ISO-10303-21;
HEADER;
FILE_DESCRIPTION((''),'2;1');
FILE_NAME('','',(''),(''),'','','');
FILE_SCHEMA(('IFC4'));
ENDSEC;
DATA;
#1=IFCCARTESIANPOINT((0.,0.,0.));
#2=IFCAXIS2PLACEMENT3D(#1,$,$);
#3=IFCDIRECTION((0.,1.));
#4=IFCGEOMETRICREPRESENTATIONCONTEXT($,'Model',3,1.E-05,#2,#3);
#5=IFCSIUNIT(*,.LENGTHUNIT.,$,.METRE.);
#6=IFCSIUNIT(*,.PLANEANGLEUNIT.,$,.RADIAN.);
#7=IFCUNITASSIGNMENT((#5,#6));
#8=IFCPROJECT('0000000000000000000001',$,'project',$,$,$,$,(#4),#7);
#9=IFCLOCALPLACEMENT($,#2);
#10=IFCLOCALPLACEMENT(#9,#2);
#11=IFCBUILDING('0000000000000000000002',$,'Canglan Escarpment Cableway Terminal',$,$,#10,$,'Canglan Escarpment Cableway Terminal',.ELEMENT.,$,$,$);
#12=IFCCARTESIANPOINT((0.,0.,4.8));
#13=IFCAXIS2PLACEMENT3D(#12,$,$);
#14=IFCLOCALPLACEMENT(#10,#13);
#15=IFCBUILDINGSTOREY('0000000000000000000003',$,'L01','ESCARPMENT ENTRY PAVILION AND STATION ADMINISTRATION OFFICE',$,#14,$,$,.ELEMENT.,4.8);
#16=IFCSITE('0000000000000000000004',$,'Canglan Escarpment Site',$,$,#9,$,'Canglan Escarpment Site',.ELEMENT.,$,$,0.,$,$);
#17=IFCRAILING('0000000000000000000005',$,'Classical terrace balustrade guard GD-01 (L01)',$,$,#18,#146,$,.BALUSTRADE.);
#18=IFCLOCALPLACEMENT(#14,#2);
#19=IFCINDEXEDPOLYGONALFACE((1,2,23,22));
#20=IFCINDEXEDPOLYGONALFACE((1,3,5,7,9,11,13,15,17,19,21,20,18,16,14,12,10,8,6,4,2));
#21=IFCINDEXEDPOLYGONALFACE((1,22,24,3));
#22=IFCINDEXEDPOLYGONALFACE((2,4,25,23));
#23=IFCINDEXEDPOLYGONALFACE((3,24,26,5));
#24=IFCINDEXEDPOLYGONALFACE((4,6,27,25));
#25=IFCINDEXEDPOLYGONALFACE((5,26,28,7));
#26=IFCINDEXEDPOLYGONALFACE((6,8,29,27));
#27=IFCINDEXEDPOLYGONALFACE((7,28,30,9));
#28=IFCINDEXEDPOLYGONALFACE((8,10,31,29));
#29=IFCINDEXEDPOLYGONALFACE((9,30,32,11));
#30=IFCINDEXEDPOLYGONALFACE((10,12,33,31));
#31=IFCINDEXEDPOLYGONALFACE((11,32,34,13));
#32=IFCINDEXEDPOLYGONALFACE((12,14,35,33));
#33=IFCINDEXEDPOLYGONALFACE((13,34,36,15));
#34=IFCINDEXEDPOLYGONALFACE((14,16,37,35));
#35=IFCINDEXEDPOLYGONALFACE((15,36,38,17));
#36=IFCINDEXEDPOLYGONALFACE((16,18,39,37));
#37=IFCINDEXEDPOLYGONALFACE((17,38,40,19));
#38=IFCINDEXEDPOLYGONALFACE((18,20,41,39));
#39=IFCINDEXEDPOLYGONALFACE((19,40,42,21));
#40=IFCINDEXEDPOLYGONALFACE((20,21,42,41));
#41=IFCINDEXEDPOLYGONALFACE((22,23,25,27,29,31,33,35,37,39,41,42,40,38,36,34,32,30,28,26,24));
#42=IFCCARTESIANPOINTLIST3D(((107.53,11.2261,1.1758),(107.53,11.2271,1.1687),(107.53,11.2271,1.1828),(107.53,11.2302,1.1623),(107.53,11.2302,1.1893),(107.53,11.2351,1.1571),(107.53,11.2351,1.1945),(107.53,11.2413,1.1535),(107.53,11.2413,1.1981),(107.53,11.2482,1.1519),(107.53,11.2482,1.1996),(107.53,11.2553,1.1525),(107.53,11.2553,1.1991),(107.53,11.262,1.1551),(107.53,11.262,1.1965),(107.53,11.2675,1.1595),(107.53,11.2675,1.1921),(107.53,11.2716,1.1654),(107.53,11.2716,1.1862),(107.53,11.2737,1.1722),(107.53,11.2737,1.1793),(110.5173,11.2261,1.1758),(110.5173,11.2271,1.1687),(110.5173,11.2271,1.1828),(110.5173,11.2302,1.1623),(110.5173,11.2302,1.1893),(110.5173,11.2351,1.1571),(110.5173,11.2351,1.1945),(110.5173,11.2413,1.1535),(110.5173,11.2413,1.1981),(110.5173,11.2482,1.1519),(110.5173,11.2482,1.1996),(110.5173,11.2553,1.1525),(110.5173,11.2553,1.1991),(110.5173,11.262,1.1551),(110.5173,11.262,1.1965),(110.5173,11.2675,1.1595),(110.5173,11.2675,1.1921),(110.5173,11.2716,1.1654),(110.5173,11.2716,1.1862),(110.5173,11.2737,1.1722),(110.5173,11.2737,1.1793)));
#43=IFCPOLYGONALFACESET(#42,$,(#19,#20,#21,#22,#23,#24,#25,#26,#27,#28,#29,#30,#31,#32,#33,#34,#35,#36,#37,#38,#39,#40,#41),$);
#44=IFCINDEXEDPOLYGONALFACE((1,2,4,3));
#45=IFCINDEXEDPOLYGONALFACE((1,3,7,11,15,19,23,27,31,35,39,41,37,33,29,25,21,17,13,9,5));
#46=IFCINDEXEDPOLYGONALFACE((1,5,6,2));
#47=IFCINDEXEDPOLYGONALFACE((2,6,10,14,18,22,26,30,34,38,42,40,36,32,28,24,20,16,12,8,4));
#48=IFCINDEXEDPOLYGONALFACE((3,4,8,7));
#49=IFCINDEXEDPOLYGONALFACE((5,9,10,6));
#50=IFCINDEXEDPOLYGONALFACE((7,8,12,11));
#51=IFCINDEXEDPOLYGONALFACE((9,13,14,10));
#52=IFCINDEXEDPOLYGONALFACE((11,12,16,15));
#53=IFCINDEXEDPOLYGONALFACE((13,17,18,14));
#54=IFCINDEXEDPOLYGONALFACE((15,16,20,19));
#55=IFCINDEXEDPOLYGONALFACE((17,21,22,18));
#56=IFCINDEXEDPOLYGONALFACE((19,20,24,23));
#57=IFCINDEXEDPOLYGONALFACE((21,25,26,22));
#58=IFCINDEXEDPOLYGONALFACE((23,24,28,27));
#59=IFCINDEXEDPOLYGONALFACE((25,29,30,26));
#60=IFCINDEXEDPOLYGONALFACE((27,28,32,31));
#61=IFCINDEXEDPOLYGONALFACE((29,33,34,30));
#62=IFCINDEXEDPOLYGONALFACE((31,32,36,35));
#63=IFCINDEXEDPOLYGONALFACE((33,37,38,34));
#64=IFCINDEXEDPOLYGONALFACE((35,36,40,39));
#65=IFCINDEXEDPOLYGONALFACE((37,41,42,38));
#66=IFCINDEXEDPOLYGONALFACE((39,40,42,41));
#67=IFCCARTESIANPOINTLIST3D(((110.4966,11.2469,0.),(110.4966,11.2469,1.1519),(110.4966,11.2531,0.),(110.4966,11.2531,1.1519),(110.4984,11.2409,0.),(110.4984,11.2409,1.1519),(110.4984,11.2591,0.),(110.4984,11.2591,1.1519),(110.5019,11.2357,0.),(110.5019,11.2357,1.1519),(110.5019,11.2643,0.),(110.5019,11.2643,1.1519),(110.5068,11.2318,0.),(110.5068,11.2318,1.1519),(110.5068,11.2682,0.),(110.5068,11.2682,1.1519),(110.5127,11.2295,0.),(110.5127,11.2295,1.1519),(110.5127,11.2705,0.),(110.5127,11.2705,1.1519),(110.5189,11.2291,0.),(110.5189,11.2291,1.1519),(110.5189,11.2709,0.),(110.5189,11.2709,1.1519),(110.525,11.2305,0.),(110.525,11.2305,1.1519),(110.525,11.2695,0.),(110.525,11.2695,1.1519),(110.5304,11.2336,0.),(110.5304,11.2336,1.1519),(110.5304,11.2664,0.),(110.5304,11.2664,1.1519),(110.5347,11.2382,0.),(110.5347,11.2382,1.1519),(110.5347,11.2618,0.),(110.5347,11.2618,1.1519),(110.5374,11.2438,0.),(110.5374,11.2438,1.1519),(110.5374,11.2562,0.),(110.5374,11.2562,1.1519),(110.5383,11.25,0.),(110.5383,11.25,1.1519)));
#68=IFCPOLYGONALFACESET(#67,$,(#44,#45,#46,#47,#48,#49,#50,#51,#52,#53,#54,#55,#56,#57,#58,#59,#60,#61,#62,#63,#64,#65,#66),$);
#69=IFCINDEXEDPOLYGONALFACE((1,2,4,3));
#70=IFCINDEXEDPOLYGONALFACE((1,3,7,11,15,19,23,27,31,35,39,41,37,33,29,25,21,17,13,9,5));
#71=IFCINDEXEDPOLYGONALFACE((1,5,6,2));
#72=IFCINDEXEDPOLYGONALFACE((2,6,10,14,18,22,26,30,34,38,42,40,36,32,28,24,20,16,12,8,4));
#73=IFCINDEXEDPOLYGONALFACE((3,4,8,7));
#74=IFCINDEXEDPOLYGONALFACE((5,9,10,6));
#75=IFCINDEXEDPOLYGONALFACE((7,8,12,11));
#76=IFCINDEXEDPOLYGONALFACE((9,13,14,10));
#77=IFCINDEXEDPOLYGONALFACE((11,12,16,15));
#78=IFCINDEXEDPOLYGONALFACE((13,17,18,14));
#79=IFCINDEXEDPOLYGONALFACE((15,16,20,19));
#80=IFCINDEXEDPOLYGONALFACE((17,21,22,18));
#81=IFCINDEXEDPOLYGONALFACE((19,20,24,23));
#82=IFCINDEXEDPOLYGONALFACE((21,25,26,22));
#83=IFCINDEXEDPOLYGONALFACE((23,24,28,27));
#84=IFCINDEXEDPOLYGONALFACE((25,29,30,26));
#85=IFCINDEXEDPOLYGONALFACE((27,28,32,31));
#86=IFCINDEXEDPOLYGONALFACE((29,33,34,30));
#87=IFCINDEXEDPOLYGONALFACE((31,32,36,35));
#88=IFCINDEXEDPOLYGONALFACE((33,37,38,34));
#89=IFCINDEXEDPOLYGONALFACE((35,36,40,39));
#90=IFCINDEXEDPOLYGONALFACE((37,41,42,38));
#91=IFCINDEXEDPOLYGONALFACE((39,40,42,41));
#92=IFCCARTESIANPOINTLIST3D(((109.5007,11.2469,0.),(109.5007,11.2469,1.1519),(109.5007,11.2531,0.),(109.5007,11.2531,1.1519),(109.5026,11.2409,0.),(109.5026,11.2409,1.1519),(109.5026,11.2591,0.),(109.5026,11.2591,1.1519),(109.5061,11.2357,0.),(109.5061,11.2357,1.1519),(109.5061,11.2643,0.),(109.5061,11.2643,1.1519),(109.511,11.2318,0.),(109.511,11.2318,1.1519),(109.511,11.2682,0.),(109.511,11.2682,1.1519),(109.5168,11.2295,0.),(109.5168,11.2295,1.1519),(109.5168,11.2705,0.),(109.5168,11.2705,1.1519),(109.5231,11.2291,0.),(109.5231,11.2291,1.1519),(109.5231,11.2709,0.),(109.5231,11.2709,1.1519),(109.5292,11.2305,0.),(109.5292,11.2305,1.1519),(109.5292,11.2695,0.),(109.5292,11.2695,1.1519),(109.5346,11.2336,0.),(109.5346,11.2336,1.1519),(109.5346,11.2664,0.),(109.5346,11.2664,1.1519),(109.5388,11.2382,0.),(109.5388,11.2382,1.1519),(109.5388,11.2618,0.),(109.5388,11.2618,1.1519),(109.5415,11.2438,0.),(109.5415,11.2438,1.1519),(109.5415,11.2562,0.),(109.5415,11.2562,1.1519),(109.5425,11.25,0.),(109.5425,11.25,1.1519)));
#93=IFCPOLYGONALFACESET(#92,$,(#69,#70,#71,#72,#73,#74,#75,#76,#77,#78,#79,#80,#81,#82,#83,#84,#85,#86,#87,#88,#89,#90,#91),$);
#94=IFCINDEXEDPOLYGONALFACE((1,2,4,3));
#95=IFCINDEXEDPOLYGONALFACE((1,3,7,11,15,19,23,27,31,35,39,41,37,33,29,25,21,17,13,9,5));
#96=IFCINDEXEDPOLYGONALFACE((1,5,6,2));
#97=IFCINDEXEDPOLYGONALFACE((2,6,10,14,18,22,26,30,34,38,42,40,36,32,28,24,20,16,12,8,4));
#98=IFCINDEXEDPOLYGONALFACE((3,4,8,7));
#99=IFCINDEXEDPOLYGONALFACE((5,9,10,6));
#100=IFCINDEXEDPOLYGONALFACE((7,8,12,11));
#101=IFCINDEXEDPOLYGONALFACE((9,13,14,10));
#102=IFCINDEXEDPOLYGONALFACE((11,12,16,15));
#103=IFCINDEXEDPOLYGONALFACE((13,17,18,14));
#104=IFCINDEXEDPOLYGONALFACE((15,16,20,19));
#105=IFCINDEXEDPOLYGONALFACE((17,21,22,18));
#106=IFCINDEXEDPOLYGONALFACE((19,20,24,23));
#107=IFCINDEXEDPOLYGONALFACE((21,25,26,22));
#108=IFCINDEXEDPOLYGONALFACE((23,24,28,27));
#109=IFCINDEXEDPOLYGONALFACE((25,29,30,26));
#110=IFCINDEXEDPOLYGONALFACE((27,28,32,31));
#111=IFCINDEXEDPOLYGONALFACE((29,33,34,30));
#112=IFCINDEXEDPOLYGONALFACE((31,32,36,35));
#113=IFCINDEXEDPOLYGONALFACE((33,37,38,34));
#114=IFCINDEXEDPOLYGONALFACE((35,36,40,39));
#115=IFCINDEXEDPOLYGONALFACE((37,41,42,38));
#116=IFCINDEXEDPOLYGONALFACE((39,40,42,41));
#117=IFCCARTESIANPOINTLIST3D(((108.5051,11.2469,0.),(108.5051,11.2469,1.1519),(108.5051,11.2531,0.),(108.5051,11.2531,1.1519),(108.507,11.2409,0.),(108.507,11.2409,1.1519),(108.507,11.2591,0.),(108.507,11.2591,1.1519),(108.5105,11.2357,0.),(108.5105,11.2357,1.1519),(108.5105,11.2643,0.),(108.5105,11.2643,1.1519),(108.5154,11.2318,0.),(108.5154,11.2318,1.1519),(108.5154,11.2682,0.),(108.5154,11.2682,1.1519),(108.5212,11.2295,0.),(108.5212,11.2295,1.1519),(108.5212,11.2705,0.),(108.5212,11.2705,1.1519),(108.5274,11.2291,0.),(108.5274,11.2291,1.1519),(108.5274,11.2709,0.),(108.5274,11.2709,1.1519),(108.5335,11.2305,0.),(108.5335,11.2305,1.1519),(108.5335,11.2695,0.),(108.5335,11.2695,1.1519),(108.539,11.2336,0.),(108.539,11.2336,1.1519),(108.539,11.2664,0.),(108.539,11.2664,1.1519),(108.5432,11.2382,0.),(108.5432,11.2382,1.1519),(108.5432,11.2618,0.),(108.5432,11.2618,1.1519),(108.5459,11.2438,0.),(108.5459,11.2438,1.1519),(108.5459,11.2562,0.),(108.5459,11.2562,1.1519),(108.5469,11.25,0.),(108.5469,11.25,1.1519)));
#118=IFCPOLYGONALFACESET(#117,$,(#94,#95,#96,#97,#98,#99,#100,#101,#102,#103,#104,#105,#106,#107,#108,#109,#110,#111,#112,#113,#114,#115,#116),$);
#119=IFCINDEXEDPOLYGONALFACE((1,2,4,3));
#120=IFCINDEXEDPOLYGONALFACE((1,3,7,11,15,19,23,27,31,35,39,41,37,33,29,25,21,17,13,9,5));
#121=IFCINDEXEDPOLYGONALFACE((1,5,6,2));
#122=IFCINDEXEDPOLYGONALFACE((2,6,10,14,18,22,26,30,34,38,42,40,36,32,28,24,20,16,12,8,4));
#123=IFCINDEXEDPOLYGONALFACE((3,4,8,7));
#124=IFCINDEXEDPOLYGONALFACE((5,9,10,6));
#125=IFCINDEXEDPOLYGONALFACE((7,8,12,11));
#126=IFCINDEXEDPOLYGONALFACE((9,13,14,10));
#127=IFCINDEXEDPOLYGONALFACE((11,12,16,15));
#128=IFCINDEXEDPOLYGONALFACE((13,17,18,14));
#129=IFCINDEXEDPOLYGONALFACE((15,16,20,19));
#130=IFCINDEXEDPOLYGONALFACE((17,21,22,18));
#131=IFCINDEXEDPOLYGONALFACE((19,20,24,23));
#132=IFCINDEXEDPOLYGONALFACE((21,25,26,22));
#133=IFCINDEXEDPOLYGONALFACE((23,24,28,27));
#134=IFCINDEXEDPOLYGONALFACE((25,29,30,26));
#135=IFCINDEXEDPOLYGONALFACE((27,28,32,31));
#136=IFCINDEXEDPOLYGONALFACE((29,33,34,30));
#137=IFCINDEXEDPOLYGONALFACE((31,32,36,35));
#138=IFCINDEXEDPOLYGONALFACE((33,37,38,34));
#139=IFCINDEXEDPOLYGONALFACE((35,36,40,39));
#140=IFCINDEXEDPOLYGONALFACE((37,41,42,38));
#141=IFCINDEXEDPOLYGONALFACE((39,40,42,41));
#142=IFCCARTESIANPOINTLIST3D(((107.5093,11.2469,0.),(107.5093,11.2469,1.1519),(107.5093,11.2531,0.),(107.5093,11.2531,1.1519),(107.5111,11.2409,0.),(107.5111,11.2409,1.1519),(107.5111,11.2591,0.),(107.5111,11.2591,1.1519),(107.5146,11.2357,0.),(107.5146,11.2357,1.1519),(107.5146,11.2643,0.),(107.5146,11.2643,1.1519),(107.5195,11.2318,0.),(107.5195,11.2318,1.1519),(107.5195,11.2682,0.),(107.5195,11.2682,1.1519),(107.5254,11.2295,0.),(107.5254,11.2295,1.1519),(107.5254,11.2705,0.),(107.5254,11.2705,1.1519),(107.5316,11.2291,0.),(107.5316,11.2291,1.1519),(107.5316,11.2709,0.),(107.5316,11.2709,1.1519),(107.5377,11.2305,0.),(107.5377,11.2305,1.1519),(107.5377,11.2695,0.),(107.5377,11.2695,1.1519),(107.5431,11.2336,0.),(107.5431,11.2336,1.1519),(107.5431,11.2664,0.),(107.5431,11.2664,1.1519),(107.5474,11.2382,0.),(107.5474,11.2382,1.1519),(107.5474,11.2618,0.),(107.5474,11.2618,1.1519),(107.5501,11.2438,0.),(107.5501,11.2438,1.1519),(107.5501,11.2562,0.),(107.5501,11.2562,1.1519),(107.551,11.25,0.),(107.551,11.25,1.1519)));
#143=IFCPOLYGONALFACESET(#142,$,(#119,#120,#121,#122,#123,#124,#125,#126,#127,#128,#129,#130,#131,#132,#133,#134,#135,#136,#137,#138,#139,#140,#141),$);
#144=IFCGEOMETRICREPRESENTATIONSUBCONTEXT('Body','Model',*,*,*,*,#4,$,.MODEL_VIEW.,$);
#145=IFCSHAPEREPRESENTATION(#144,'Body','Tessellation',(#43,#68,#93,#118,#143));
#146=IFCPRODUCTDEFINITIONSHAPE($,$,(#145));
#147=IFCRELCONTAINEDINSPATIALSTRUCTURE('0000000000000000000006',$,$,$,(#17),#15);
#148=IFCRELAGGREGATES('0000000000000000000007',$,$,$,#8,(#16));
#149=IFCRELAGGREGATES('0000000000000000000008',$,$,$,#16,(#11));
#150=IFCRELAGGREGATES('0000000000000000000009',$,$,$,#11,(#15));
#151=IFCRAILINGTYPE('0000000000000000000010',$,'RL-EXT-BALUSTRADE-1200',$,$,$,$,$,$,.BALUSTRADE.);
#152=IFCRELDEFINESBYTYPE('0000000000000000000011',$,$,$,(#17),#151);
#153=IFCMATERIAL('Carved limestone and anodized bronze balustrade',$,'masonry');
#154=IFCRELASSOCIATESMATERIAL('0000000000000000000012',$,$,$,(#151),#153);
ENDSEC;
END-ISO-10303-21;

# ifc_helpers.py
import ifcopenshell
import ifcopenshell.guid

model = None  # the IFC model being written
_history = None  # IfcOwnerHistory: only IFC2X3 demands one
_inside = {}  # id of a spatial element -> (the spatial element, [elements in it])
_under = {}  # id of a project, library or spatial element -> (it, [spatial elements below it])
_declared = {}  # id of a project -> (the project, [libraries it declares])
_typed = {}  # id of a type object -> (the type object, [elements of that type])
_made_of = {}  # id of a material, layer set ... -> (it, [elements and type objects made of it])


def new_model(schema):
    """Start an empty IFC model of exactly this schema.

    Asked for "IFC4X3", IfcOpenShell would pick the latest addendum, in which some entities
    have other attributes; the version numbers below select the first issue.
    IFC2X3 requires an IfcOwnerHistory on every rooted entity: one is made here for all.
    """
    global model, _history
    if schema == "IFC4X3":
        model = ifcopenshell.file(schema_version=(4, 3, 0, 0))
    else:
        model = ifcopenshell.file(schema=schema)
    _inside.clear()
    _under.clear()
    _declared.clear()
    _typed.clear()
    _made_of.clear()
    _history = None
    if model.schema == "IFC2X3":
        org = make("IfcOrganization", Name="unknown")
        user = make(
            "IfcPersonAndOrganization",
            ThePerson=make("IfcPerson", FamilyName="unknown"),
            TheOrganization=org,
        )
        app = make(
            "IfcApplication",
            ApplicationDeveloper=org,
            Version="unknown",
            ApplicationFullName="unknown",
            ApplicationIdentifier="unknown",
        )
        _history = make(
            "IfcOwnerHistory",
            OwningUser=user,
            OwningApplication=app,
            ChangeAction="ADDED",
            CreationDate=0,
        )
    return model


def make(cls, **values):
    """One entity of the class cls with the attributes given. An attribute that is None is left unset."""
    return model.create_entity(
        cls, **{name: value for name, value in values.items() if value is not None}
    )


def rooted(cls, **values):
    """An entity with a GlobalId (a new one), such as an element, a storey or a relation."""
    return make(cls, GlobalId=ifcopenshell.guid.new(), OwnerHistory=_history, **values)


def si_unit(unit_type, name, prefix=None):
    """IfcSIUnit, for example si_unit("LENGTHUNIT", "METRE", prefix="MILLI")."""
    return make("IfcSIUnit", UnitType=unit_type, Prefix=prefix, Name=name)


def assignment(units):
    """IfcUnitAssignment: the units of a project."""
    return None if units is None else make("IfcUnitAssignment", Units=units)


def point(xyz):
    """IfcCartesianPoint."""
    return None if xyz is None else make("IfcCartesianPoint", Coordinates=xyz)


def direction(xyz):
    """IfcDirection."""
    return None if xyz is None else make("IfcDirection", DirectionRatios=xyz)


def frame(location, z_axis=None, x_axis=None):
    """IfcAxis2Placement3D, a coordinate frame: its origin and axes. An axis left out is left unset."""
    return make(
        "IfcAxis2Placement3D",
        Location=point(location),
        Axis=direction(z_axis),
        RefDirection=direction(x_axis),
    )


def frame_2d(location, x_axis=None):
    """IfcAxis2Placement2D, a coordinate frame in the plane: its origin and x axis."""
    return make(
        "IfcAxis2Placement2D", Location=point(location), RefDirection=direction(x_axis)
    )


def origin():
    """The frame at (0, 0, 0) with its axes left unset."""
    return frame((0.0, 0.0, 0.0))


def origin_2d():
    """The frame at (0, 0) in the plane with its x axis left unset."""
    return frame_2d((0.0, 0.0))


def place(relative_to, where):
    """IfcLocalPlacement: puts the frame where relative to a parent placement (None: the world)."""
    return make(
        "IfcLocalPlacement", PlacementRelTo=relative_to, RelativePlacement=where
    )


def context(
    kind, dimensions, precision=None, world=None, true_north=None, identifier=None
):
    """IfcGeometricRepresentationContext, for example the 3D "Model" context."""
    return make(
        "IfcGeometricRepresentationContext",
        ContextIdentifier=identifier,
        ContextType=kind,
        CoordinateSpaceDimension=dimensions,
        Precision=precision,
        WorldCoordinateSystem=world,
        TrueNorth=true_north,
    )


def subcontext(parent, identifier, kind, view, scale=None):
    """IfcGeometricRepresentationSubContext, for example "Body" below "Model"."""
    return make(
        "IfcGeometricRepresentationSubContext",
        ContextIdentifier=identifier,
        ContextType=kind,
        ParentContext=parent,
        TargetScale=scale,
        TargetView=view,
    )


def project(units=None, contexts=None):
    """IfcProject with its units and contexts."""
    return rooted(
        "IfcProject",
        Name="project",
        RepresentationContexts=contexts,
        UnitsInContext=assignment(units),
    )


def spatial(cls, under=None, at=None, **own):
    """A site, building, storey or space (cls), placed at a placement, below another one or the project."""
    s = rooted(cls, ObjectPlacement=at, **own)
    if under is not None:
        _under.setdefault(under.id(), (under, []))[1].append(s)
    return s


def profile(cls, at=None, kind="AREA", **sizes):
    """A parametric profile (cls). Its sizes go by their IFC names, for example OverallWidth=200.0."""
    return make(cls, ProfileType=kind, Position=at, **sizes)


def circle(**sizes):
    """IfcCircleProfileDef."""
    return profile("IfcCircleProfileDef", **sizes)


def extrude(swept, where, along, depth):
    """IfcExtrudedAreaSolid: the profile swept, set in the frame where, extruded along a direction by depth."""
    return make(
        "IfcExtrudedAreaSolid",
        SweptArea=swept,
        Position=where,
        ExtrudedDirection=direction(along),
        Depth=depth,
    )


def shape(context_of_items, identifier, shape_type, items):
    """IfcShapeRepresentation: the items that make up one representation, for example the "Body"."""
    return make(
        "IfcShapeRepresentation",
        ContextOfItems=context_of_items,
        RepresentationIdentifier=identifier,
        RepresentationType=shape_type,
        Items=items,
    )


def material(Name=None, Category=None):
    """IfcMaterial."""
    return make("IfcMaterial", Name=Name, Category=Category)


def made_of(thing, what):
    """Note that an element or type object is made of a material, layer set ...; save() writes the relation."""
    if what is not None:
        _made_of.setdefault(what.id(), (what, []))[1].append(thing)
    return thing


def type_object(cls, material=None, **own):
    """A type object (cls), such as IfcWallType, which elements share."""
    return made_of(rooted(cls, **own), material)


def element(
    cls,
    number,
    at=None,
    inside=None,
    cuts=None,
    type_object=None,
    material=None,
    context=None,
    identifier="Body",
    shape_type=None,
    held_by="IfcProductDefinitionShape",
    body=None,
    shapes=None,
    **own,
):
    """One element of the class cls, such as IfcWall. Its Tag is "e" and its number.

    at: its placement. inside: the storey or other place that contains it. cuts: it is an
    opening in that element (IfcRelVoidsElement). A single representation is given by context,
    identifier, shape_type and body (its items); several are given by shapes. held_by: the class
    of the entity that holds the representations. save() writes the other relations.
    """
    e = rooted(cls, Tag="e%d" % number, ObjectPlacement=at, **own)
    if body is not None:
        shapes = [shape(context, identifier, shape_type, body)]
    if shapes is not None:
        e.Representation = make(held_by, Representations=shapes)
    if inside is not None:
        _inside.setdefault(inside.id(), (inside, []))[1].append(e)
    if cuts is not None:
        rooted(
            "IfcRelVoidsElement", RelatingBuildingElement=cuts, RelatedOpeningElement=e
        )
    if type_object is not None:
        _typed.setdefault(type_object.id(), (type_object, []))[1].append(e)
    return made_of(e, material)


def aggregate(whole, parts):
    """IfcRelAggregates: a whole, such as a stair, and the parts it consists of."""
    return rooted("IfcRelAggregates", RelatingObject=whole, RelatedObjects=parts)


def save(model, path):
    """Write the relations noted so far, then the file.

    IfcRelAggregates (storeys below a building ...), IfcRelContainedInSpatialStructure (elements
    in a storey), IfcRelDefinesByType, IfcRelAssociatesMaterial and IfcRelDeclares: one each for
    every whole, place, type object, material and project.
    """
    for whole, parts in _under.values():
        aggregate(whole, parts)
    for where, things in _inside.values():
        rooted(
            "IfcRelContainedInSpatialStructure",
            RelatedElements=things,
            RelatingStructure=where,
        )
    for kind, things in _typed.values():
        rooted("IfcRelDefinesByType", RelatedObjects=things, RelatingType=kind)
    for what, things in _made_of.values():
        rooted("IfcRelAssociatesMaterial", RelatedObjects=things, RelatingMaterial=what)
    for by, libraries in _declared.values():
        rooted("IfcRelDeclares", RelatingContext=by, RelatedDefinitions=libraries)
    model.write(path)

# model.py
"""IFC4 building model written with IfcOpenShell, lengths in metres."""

from ifc_helpers import new_model, si_unit, direction, frame, origin, origin_2d, place, context, subcontext, project, spatial, circle, extrude, material, type_object, element, save


model = new_model("IFC4")

# Units and contexts
model_context = context("Model", 3, precision=1e-05, world=origin(), true_north=direction((0.0, 1.0)))
body_context = subcontext(model_context, "Body", "Model", "MODEL_VIEW")
ifc_project = project(units=[si_unit("LENGTHUNIT", "METRE"), si_unit("PLANEANGLEUNIT", "RADIAN")], contexts=[model_context])

# Site, building, storey
site_placement = place(None, origin())
site = spatial("IfcSite", under=ifc_project, at=site_placement, Name="Canglan Escarpment Site", LongName="Canglan Escarpment Site", CompositionType="ELEMENT", RefElevation=0.0)
building_placement = place(site_placement, origin())
building = spatial("IfcBuilding", under=site, at=building_placement, Name="Canglan Escarpment Cableway Terminal", LongName="Canglan Escarpment Cableway Terminal", CompositionType="ELEMENT")
storey_placement = place(building_placement, frame((0.0, 0.0, 4.8)))
storey = spatial("IfcBuildingStorey", under=building, at=storey_placement, Name="L01", Description="ESCARPMENT ENTRY PAVILION AND STATION ADMINISTRATION OFFICE", CompositionType="ELEMENT", Elevation=4.8)

# Railing
ifc_material_1 = material(Name="Carved limestone and anodized bronze balustrade", Category="masonry")
railing_type = type_object("IfcRailingType", Name="RL-EXT-BALUSTRADE-1200", PredefinedType="BALUSTRADE", material=ifc_material_1)
railing_1_placement = place(storey_placement, frame((110.5173, 11.25, 0.0)))
element("IfcRailing", 1, at=railing_1_placement, inside=storey, type_object=railing_type, Name="Classical terrace balustrade guard GD-01 (L01)", PredefinedType="BALUSTRADE", context=body_context, shape_type="SweptSolid", body=[
    extrude(circle(Radius=0.0239, at=origin_2d()), frame((0.0, 0.0, 1.1758), z_axis=(-1.0, 0.0, 0.0), x_axis=(0.0, -1.0, 0.0)), (0.0, 0.0, 1.0), 2.9873),
    extrude(circle(Radius=0.021, at=origin_2d()), origin(), (0.0, 0.0, 1.0), 1.1519),
    extrude(circle(Radius=0.021, at=origin_2d()), frame((-0.9958, 0.0, 0.0)), (0.0, 0.0, 1.0), 1.1519),
    extrude(circle(Radius=0.021, at=origin_2d()), frame((-1.9915, 0.0, 0.0)), (0.0, 0.0, 1.0), 1.1519),
    extrude(circle(Radius=0.021, at=origin_2d()), frame((-2.9873, 0.0, 0.0)), (0.0, 0.0, 1.0), 1.1519),
])

save(model, "model.ifc")
